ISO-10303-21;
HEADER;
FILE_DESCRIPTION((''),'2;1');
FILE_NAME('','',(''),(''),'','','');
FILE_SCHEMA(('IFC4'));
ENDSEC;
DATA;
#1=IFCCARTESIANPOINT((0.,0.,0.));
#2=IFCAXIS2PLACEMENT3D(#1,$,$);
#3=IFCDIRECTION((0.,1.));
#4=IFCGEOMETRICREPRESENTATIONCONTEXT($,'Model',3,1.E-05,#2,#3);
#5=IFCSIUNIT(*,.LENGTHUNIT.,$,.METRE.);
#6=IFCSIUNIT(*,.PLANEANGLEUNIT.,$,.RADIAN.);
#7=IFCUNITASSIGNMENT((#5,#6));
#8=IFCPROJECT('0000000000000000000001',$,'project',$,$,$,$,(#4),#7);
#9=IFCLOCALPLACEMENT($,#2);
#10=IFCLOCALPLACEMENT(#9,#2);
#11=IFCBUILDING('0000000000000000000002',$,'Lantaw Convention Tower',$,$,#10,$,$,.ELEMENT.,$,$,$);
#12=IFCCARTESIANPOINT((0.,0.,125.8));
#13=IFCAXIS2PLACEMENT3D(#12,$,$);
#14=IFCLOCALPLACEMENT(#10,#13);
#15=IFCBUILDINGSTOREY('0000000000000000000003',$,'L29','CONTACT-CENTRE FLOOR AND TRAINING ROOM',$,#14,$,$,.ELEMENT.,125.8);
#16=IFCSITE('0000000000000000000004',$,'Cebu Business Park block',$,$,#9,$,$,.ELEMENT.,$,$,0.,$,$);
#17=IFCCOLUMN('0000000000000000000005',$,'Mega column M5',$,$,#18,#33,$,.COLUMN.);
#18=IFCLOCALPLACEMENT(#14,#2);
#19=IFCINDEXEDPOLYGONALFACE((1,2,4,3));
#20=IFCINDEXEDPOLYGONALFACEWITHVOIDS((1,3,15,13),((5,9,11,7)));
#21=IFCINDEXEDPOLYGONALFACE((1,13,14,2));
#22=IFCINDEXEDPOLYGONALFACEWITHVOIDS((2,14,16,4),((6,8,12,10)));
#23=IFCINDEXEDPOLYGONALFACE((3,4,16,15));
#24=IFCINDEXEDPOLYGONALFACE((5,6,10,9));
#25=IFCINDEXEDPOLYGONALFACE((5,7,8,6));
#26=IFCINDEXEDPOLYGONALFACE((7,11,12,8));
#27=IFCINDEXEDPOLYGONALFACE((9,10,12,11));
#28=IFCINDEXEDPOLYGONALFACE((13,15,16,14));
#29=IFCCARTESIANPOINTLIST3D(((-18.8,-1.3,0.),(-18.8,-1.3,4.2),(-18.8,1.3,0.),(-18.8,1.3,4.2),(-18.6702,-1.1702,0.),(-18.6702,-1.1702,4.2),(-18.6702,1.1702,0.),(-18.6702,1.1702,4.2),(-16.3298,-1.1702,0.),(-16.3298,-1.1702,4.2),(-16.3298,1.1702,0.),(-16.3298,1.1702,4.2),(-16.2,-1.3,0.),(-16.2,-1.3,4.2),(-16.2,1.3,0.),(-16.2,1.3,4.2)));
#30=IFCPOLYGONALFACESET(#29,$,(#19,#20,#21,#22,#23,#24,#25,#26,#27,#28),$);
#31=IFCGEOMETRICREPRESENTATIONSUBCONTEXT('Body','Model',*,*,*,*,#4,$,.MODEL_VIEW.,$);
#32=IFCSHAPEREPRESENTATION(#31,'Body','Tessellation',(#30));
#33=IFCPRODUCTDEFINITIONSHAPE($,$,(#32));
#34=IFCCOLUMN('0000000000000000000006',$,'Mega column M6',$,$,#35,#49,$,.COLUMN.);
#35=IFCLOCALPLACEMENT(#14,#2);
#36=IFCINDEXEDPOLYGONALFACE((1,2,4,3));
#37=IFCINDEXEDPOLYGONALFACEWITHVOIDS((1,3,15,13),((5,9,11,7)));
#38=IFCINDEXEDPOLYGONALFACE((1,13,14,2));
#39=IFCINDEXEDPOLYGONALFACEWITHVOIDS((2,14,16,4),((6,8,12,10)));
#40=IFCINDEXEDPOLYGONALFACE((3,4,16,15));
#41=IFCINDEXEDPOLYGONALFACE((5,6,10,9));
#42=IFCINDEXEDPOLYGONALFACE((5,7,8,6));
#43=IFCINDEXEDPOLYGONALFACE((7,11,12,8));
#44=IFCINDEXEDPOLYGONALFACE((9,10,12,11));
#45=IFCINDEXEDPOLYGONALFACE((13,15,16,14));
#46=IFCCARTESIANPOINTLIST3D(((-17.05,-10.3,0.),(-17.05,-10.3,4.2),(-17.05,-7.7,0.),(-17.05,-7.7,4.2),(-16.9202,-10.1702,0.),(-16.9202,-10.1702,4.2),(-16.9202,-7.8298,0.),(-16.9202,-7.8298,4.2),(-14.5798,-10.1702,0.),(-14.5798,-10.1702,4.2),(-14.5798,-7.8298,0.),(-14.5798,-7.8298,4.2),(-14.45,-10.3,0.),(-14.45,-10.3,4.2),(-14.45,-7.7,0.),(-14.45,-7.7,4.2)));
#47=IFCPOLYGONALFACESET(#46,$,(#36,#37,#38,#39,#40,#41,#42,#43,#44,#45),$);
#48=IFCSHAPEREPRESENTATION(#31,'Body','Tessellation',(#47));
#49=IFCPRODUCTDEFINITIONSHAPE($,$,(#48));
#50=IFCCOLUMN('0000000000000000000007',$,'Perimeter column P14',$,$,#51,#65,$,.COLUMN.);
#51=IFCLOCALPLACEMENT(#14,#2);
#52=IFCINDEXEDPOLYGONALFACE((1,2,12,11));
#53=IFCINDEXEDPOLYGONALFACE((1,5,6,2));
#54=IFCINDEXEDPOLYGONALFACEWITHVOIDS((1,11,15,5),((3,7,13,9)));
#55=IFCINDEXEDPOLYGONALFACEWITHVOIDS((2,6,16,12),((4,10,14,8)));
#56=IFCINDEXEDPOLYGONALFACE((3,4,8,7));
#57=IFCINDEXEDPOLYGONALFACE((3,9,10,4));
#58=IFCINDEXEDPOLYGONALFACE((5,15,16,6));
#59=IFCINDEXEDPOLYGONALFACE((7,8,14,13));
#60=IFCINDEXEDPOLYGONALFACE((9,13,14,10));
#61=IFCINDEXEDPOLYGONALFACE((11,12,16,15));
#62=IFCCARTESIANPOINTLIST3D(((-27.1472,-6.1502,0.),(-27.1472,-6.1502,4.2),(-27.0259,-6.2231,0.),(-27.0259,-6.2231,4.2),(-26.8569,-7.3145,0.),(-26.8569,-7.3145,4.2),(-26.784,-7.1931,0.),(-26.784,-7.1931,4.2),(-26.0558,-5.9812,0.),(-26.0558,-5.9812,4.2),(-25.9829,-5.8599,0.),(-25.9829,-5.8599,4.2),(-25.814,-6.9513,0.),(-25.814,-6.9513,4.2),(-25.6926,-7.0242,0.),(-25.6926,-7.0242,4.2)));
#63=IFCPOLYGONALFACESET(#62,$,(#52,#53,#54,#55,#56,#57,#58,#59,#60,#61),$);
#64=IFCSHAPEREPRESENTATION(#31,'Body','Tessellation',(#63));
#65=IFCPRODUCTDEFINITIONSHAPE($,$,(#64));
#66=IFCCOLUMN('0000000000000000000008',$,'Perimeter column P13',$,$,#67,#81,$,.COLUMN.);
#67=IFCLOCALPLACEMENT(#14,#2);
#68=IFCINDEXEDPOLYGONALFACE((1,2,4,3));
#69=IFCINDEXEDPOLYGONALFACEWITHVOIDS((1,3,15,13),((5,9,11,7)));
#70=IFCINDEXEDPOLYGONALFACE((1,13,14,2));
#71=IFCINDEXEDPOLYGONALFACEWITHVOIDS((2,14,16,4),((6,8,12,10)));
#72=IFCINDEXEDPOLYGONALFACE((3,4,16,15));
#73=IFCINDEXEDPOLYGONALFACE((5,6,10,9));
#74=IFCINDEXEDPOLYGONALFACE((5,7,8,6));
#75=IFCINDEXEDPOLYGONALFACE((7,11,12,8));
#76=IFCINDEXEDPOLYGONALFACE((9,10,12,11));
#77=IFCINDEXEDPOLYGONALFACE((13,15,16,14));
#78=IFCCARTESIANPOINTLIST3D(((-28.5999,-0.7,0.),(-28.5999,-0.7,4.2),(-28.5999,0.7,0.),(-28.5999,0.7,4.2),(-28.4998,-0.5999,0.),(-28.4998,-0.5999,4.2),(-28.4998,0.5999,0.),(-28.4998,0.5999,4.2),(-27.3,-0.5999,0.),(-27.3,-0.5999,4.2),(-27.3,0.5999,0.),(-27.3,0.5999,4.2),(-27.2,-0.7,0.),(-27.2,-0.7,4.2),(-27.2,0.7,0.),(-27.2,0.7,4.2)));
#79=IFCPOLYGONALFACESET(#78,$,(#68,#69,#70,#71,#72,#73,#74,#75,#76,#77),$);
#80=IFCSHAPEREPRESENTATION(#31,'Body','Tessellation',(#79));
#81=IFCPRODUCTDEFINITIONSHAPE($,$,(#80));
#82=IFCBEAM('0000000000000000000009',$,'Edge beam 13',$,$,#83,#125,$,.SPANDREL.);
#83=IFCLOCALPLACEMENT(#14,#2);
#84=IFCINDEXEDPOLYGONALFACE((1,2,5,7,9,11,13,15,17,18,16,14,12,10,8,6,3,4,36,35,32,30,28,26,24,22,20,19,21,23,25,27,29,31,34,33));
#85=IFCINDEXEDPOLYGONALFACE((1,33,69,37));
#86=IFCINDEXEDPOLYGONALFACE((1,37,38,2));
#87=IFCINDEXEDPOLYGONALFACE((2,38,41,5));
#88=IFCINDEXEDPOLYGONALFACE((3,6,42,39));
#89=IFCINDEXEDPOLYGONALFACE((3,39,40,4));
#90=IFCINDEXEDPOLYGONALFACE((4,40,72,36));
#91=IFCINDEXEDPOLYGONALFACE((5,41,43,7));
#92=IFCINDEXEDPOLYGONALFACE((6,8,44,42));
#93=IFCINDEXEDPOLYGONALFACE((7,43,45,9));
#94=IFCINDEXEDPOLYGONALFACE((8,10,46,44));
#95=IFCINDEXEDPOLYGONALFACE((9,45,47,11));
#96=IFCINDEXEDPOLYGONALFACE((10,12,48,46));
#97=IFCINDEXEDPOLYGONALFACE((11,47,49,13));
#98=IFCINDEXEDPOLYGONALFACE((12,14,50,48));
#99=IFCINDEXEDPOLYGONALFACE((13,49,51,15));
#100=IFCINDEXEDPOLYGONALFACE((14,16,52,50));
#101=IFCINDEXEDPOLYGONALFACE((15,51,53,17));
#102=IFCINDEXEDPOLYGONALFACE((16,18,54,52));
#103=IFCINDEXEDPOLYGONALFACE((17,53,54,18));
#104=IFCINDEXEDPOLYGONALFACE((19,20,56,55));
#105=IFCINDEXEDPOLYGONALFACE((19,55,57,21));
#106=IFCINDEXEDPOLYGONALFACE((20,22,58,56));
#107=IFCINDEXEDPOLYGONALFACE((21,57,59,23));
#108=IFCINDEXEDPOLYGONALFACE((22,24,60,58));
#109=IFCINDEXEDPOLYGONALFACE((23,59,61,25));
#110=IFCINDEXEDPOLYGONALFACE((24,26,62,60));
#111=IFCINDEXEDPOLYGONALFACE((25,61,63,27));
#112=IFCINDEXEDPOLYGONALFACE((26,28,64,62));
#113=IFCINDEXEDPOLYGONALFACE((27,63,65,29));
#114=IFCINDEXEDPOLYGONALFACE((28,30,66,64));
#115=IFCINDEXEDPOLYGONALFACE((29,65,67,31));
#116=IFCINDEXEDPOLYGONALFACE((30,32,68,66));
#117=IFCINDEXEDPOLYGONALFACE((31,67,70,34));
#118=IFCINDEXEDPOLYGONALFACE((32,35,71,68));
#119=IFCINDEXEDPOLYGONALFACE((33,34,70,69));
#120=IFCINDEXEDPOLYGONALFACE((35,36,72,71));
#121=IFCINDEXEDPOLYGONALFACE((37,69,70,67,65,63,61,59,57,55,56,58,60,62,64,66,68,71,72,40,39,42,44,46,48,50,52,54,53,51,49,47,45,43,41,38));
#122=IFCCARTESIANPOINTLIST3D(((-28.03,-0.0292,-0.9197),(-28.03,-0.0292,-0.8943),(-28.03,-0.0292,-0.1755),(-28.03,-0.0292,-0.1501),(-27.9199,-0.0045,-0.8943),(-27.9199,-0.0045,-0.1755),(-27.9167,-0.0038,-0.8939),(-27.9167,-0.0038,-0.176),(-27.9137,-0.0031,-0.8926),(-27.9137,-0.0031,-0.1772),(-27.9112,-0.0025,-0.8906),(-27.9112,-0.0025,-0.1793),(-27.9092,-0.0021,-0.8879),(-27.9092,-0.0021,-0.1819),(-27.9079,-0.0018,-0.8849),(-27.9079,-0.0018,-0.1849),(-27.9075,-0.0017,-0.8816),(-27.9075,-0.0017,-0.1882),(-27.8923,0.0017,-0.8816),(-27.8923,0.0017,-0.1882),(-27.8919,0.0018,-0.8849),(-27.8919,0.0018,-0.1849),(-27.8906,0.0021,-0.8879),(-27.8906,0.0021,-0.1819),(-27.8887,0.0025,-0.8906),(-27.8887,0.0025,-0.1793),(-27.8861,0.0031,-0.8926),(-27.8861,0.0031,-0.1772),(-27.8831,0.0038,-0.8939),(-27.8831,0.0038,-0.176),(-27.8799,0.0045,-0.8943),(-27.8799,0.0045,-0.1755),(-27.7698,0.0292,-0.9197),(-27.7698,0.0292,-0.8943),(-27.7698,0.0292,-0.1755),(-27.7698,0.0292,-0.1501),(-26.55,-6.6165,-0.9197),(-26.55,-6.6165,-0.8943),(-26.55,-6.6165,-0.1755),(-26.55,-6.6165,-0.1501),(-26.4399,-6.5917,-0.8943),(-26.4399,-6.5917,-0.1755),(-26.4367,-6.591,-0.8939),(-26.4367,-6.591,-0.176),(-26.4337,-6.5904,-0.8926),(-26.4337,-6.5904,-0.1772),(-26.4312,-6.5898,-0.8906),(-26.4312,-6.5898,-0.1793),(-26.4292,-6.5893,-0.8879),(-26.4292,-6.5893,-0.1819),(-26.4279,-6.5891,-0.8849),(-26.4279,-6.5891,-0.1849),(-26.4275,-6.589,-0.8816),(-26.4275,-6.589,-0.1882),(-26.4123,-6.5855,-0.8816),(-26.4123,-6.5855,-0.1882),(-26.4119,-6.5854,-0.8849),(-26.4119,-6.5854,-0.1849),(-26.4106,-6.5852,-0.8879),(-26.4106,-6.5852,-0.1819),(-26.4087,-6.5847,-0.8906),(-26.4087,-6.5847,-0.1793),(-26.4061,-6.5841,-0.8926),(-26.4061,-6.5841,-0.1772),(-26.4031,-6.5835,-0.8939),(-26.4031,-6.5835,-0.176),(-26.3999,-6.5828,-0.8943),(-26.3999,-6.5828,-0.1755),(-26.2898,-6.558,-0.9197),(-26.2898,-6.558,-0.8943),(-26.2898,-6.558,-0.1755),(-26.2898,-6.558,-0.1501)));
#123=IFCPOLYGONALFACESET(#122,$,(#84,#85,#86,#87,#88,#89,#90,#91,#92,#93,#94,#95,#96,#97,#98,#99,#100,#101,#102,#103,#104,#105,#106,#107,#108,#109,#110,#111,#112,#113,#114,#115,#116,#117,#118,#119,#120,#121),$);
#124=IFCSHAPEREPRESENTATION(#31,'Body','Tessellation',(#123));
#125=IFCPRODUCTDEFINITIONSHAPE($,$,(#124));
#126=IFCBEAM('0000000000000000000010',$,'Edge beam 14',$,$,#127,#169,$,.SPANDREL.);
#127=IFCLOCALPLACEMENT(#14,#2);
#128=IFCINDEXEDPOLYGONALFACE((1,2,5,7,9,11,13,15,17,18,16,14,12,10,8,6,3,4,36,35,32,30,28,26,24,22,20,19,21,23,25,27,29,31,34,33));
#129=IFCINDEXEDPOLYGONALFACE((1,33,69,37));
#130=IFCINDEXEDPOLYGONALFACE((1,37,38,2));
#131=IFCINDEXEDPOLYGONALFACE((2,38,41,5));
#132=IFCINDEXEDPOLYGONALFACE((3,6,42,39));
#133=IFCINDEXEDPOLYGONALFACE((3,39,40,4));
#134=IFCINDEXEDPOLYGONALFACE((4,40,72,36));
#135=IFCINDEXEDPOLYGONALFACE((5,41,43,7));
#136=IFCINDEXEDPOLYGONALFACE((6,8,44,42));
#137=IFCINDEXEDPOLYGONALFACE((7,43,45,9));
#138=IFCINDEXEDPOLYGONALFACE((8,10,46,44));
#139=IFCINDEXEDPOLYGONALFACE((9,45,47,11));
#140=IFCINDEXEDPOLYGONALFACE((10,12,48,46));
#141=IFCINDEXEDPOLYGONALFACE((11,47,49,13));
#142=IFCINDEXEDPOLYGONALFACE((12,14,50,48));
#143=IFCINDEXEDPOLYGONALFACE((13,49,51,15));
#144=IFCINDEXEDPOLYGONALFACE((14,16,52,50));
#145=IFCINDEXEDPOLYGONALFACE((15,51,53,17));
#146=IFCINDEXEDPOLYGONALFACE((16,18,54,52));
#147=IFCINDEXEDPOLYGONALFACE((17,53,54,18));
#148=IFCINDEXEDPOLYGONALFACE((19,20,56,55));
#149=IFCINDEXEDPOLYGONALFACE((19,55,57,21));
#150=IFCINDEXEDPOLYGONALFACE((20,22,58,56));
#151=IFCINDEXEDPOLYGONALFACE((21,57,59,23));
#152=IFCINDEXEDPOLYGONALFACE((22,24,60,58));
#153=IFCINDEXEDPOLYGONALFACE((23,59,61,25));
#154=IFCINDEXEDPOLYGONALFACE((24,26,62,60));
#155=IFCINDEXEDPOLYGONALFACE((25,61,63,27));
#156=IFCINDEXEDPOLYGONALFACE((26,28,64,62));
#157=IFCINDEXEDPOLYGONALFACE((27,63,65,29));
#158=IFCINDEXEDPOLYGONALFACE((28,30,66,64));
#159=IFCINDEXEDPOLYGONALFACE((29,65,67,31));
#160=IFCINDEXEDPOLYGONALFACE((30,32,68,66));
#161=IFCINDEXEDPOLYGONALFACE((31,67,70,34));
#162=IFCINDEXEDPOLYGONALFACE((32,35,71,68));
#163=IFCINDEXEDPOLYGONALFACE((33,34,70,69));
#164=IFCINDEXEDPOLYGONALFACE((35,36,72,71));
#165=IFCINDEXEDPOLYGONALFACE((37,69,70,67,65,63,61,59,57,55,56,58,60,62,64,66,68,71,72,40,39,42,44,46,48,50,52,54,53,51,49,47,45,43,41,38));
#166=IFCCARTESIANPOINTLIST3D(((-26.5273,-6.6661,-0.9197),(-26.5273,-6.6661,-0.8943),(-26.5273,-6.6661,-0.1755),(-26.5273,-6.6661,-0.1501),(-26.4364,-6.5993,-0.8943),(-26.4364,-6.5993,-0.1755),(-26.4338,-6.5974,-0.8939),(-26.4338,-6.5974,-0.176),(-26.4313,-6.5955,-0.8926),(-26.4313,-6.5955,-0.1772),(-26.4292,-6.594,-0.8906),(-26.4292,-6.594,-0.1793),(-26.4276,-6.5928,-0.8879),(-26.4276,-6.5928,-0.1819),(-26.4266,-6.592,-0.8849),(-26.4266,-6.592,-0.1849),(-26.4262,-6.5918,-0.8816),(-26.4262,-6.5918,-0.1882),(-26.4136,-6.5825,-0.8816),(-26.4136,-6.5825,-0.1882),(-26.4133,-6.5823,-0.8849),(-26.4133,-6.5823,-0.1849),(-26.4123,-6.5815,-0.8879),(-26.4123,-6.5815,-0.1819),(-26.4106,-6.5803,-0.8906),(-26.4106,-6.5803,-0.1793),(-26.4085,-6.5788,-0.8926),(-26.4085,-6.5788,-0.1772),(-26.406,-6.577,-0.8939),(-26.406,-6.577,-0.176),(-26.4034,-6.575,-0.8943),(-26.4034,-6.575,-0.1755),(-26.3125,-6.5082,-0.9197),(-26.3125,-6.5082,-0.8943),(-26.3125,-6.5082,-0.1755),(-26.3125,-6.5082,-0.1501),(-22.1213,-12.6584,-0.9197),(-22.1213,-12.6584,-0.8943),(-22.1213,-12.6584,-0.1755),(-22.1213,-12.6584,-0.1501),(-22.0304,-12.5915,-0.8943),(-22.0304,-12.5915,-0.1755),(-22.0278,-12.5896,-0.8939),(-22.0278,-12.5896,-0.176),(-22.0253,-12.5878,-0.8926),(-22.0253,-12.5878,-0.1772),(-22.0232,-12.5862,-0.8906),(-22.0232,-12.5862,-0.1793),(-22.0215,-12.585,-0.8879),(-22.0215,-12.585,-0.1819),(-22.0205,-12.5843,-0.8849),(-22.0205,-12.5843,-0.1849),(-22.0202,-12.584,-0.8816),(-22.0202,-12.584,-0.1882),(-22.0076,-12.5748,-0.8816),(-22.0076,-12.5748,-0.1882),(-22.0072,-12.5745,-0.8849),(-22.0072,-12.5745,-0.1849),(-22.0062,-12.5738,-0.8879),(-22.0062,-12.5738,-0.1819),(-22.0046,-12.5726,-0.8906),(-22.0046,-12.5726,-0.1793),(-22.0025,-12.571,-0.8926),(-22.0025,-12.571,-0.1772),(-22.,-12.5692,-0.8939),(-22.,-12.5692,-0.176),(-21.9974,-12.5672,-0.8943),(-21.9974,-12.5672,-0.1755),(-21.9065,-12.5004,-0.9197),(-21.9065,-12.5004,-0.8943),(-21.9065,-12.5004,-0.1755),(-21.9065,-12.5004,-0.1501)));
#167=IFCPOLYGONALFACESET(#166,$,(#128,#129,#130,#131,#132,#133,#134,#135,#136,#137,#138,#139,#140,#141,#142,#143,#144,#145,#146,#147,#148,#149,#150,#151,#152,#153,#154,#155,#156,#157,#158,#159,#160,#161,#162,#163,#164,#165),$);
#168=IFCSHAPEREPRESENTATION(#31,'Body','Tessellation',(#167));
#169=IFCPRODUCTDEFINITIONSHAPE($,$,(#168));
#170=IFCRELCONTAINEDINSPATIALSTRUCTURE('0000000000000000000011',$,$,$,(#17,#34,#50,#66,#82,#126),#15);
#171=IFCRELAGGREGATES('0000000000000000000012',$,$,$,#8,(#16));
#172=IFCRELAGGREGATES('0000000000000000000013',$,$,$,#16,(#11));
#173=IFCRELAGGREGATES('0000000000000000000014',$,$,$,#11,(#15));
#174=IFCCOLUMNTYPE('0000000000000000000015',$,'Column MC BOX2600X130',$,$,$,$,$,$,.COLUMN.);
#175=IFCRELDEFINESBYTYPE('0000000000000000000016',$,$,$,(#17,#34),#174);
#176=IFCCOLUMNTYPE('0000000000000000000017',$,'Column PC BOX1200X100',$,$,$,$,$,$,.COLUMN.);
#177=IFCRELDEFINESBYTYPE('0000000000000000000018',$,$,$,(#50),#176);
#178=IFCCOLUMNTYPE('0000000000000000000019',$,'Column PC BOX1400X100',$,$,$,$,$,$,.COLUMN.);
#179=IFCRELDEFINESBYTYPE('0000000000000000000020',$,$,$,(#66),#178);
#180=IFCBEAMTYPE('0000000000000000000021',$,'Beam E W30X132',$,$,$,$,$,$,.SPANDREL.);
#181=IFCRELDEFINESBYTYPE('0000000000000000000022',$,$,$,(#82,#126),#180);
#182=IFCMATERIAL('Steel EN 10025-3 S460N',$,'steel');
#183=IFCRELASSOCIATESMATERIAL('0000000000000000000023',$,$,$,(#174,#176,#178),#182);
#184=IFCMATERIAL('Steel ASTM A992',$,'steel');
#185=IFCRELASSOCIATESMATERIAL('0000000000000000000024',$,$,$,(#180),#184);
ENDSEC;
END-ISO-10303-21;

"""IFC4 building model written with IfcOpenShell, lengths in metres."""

from ifc_helpers import new_model, si_unit, direction, frame, origin, origin_2d, place, context, subcontext, project, spatial, rectangle, hollow_rectangle, i_section, extrude, material, material_profile, profile_set, type_object, element, save


model = new_model("IFC4")

# Units and contexts
model_context = context("Model", 3, precision=1e-05, world=origin(), true_north=direction((0.0, 1.0)))
body_context = subcontext(model_context, "Body", "Model", "MODEL_VIEW")
ifc_project = project(units=[si_unit("LENGTHUNIT", "METRE"), si_unit("PLANEANGLEUNIT", "RADIAN")], contexts=[model_context])

# Site, building, storey
site_placement = place(None, origin())
site = spatial("IfcSite", under=ifc_project, at=site_placement, Name="Cebu Business Park block", CompositionType="ELEMENT", RefElevation=0.0)
building_placement = place(site_placement, origin())
building = spatial("IfcBuilding", under=site, at=building_placement, Name="Lantaw Convention Tower", CompositionType="ELEMENT")
storey_placement = place(building_placement, frame((0.0, 0.0, 125.8)))
storey = spatial("IfcBuildingStorey", under=building, at=storey_placement, Name="L29", Description="CONTACT-CENTRE FLOOR AND TRAINING ROOM", CompositionType="ELEMENT", Elevation=125.8)

# Columns
ifc_material_1 = material(Name="Steel EN 10025-3 S460N", Category="steel")
ifc_material_profile_1 = material_profile(ifc_material_1, hollow_rectangle(XDim=2.6001, YDim=2.6001, WallThickness=0.1299, at=origin_2d()), Name="BOX2600X130")
ifc_material_2 = material(Name="Concrete C60/75", Category="concrete")
ifc_material_profile_2 = material_profile(ifc_material_2, rectangle(XDim=2.3401, YDim=2.3401, at=origin_2d()), Name="Concrete fill of BOX2600X130")
ifc_profile_set_1 = profile_set([ifc_material_profile_1, ifc_material_profile_2], Name="Steel EN 10025-3 S460N")
column_type_1 = type_object("IfcColumnType", Name="Column MC BOX2600X130", PredefinedType="COLUMN", material=ifc_profile_set_1)
for number, where, z_axis, x_axis, name in (
    (1, (-17.5, 0.0, 0.0), (0.0, 0.0, 1.0), (1.0, 0.0, 0.0), "Mega column M5"),
    (2, (-15.75, -9.0, 0.0), (0.0, 0.0, 1.0), (1.0, 0.0, 0.0), "Mega column M6"),
):
    element("IfcColumn", number, at=place(storey_placement, frame(where, z_axis=z_axis, x_axis=x_axis)), inside=storey, type_object=column_type_1, Name=name, PredefinedType="COLUMN", context=body_context, shape_type="SweptSolid", body=[
        extrude(hollow_rectangle(XDim=2.6001, YDim=2.6001, WallThickness=0.1299, at=origin_2d()), origin(), (0.0, 0.0, 1.0), 4.2),
    ])
ifc_material_profile_3 = material_profile(ifc_material_1, hollow_rectangle(XDim=1.2, YDim=1.2, WallThickness=0.1001, at=origin_2d()), Name="BOX1200X100")
ifc_material_profile_4 = material_profile(ifc_material_2, rectangle(XDim=1.0, YDim=1.0, at=origin_2d()), Name="Concrete fill of BOX1200X100")
ifc_profile_set_2 = profile_set([ifc_material_profile_3, ifc_material_profile_4], Name="Steel EN 10025-3 S460N")
column_type_2 = type_object("IfcColumnType", Name="Column PC BOX1200X100", PredefinedType="COLUMN", material=ifc_profile_set_2)
column_1_placement = place(storey_placement, frame((-26.4199, -6.5872, 0.0), z_axis=(0.0, 0.0, 1.0), x_axis=(0.970296, 0.241922, 0.0)))
element("IfcColumn", 3, at=column_1_placement, inside=storey, type_object=column_type_2, Name="Perimeter column P14", PredefinedType="COLUMN", context=body_context, shape_type="SweptSolid", body=[
    extrude(hollow_rectangle(XDim=1.2, YDim=1.2, WallThickness=0.1001, at=origin_2d()), origin(), (0.0, 0.0, 1.0), 4.2),
])
ifc_material_profile_5 = material_profile(ifc_material_1, hollow_rectangle(XDim=1.3999, YDim=1.3999, WallThickness=0.1001, at=origin_2d()), Name="BOX1400X100")
ifc_material_profile_6 = material_profile(ifc_material_2, rectangle(XDim=1.2, YDim=1.2, at=origin_2d()), Name="Concrete fill of BOX1400X100")
ifc_profile_set_3 = profile_set([ifc_material_profile_5, ifc_material_profile_6], Name="Steel EN 10025-3 S460N")
column_type_3 = type_object("IfcColumnType", Name="Column PC BOX1400X100", PredefinedType="COLUMN", material=ifc_profile_set_3)
column_2_placement = place(storey_placement, frame((-27.8999, 0.0, 0.0), z_axis=(0.0, 0.0, 1.0), x_axis=(1.0, 0.0, 0.0)))
element("IfcColumn", 4, at=column_2_placement, inside=storey, type_object=column_type_3, Name="Perimeter column P13", PredefinedType="COLUMN", context=body_context, shape_type="SweptSolid", body=[
    extrude(hollow_rectangle(XDim=1.3999, YDim=1.3999, WallThickness=0.1001, at=origin_2d()), origin(), (0.0, 0.0, 1.0), 4.2),
])

# Beams
ifc_material_3 = material(Name="Steel ASTM A992", Category="steel")
ifc_material_profile_7 = material_profile(ifc_material_3, i_section(OverallWidth=0.2666, OverallDepth=0.7695, WebThickness=0.0156, FlangeThickness=0.0254, FilletRadius=0.0127, at=origin_2d()), Name="W30X132")
ifc_profile_set_4 = profile_set([ifc_material_profile_7], Name="Steel ASTM A992")
beam_type_1 = type_object("IfcBeamType", Name="Beam E W30X132", PredefinedType="SPANDREL", material=ifc_profile_set_4)
beam_1_placement = place(storey_placement, frame((-27.8999, 0.0, -0.5349), z_axis=(0.219212, -0.975677, 0.0), x_axis=(0.975677, 0.219212, 0.0)))
element("IfcBeam", 5, at=beam_1_placement, inside=storey, type_object=beam_type_1, Name="Edge beam 13", PredefinedType="SPANDREL", context=body_context, shape_type="SweptSolid", body=[
    extrude(i_section(OverallWidth=0.2666, OverallDepth=0.7695, WebThickness=0.0156, FlangeThickness=0.0254, FilletRadius=0.0127, at=origin_2d()), origin(), (0.0, 0.0, 1.0), 6.7515),
])
beam_2_placement = place(storey_placement, frame((-26.4199, -6.5872, -0.5349), z_axis=(0.592389, -0.805652, 0.0), x_axis=(0.805652, 0.592389, 0.0)))
element("IfcBeam", 6, at=beam_2_placement, inside=storey, type_object=beam_type_1, Name="Edge beam 14", PredefinedType="SPANDREL", context=body_context, shape_type="SweptSolid", body=[
    extrude(i_section(OverallWidth=0.2666, OverallDepth=0.7695, WebThickness=0.0156, FlangeThickness=0.0254, FilletRadius=0.0127, at=origin_2d()), origin(), (0.0, 0.0, 1.0), 7.4377),
])

save(model, "model.ifc")
